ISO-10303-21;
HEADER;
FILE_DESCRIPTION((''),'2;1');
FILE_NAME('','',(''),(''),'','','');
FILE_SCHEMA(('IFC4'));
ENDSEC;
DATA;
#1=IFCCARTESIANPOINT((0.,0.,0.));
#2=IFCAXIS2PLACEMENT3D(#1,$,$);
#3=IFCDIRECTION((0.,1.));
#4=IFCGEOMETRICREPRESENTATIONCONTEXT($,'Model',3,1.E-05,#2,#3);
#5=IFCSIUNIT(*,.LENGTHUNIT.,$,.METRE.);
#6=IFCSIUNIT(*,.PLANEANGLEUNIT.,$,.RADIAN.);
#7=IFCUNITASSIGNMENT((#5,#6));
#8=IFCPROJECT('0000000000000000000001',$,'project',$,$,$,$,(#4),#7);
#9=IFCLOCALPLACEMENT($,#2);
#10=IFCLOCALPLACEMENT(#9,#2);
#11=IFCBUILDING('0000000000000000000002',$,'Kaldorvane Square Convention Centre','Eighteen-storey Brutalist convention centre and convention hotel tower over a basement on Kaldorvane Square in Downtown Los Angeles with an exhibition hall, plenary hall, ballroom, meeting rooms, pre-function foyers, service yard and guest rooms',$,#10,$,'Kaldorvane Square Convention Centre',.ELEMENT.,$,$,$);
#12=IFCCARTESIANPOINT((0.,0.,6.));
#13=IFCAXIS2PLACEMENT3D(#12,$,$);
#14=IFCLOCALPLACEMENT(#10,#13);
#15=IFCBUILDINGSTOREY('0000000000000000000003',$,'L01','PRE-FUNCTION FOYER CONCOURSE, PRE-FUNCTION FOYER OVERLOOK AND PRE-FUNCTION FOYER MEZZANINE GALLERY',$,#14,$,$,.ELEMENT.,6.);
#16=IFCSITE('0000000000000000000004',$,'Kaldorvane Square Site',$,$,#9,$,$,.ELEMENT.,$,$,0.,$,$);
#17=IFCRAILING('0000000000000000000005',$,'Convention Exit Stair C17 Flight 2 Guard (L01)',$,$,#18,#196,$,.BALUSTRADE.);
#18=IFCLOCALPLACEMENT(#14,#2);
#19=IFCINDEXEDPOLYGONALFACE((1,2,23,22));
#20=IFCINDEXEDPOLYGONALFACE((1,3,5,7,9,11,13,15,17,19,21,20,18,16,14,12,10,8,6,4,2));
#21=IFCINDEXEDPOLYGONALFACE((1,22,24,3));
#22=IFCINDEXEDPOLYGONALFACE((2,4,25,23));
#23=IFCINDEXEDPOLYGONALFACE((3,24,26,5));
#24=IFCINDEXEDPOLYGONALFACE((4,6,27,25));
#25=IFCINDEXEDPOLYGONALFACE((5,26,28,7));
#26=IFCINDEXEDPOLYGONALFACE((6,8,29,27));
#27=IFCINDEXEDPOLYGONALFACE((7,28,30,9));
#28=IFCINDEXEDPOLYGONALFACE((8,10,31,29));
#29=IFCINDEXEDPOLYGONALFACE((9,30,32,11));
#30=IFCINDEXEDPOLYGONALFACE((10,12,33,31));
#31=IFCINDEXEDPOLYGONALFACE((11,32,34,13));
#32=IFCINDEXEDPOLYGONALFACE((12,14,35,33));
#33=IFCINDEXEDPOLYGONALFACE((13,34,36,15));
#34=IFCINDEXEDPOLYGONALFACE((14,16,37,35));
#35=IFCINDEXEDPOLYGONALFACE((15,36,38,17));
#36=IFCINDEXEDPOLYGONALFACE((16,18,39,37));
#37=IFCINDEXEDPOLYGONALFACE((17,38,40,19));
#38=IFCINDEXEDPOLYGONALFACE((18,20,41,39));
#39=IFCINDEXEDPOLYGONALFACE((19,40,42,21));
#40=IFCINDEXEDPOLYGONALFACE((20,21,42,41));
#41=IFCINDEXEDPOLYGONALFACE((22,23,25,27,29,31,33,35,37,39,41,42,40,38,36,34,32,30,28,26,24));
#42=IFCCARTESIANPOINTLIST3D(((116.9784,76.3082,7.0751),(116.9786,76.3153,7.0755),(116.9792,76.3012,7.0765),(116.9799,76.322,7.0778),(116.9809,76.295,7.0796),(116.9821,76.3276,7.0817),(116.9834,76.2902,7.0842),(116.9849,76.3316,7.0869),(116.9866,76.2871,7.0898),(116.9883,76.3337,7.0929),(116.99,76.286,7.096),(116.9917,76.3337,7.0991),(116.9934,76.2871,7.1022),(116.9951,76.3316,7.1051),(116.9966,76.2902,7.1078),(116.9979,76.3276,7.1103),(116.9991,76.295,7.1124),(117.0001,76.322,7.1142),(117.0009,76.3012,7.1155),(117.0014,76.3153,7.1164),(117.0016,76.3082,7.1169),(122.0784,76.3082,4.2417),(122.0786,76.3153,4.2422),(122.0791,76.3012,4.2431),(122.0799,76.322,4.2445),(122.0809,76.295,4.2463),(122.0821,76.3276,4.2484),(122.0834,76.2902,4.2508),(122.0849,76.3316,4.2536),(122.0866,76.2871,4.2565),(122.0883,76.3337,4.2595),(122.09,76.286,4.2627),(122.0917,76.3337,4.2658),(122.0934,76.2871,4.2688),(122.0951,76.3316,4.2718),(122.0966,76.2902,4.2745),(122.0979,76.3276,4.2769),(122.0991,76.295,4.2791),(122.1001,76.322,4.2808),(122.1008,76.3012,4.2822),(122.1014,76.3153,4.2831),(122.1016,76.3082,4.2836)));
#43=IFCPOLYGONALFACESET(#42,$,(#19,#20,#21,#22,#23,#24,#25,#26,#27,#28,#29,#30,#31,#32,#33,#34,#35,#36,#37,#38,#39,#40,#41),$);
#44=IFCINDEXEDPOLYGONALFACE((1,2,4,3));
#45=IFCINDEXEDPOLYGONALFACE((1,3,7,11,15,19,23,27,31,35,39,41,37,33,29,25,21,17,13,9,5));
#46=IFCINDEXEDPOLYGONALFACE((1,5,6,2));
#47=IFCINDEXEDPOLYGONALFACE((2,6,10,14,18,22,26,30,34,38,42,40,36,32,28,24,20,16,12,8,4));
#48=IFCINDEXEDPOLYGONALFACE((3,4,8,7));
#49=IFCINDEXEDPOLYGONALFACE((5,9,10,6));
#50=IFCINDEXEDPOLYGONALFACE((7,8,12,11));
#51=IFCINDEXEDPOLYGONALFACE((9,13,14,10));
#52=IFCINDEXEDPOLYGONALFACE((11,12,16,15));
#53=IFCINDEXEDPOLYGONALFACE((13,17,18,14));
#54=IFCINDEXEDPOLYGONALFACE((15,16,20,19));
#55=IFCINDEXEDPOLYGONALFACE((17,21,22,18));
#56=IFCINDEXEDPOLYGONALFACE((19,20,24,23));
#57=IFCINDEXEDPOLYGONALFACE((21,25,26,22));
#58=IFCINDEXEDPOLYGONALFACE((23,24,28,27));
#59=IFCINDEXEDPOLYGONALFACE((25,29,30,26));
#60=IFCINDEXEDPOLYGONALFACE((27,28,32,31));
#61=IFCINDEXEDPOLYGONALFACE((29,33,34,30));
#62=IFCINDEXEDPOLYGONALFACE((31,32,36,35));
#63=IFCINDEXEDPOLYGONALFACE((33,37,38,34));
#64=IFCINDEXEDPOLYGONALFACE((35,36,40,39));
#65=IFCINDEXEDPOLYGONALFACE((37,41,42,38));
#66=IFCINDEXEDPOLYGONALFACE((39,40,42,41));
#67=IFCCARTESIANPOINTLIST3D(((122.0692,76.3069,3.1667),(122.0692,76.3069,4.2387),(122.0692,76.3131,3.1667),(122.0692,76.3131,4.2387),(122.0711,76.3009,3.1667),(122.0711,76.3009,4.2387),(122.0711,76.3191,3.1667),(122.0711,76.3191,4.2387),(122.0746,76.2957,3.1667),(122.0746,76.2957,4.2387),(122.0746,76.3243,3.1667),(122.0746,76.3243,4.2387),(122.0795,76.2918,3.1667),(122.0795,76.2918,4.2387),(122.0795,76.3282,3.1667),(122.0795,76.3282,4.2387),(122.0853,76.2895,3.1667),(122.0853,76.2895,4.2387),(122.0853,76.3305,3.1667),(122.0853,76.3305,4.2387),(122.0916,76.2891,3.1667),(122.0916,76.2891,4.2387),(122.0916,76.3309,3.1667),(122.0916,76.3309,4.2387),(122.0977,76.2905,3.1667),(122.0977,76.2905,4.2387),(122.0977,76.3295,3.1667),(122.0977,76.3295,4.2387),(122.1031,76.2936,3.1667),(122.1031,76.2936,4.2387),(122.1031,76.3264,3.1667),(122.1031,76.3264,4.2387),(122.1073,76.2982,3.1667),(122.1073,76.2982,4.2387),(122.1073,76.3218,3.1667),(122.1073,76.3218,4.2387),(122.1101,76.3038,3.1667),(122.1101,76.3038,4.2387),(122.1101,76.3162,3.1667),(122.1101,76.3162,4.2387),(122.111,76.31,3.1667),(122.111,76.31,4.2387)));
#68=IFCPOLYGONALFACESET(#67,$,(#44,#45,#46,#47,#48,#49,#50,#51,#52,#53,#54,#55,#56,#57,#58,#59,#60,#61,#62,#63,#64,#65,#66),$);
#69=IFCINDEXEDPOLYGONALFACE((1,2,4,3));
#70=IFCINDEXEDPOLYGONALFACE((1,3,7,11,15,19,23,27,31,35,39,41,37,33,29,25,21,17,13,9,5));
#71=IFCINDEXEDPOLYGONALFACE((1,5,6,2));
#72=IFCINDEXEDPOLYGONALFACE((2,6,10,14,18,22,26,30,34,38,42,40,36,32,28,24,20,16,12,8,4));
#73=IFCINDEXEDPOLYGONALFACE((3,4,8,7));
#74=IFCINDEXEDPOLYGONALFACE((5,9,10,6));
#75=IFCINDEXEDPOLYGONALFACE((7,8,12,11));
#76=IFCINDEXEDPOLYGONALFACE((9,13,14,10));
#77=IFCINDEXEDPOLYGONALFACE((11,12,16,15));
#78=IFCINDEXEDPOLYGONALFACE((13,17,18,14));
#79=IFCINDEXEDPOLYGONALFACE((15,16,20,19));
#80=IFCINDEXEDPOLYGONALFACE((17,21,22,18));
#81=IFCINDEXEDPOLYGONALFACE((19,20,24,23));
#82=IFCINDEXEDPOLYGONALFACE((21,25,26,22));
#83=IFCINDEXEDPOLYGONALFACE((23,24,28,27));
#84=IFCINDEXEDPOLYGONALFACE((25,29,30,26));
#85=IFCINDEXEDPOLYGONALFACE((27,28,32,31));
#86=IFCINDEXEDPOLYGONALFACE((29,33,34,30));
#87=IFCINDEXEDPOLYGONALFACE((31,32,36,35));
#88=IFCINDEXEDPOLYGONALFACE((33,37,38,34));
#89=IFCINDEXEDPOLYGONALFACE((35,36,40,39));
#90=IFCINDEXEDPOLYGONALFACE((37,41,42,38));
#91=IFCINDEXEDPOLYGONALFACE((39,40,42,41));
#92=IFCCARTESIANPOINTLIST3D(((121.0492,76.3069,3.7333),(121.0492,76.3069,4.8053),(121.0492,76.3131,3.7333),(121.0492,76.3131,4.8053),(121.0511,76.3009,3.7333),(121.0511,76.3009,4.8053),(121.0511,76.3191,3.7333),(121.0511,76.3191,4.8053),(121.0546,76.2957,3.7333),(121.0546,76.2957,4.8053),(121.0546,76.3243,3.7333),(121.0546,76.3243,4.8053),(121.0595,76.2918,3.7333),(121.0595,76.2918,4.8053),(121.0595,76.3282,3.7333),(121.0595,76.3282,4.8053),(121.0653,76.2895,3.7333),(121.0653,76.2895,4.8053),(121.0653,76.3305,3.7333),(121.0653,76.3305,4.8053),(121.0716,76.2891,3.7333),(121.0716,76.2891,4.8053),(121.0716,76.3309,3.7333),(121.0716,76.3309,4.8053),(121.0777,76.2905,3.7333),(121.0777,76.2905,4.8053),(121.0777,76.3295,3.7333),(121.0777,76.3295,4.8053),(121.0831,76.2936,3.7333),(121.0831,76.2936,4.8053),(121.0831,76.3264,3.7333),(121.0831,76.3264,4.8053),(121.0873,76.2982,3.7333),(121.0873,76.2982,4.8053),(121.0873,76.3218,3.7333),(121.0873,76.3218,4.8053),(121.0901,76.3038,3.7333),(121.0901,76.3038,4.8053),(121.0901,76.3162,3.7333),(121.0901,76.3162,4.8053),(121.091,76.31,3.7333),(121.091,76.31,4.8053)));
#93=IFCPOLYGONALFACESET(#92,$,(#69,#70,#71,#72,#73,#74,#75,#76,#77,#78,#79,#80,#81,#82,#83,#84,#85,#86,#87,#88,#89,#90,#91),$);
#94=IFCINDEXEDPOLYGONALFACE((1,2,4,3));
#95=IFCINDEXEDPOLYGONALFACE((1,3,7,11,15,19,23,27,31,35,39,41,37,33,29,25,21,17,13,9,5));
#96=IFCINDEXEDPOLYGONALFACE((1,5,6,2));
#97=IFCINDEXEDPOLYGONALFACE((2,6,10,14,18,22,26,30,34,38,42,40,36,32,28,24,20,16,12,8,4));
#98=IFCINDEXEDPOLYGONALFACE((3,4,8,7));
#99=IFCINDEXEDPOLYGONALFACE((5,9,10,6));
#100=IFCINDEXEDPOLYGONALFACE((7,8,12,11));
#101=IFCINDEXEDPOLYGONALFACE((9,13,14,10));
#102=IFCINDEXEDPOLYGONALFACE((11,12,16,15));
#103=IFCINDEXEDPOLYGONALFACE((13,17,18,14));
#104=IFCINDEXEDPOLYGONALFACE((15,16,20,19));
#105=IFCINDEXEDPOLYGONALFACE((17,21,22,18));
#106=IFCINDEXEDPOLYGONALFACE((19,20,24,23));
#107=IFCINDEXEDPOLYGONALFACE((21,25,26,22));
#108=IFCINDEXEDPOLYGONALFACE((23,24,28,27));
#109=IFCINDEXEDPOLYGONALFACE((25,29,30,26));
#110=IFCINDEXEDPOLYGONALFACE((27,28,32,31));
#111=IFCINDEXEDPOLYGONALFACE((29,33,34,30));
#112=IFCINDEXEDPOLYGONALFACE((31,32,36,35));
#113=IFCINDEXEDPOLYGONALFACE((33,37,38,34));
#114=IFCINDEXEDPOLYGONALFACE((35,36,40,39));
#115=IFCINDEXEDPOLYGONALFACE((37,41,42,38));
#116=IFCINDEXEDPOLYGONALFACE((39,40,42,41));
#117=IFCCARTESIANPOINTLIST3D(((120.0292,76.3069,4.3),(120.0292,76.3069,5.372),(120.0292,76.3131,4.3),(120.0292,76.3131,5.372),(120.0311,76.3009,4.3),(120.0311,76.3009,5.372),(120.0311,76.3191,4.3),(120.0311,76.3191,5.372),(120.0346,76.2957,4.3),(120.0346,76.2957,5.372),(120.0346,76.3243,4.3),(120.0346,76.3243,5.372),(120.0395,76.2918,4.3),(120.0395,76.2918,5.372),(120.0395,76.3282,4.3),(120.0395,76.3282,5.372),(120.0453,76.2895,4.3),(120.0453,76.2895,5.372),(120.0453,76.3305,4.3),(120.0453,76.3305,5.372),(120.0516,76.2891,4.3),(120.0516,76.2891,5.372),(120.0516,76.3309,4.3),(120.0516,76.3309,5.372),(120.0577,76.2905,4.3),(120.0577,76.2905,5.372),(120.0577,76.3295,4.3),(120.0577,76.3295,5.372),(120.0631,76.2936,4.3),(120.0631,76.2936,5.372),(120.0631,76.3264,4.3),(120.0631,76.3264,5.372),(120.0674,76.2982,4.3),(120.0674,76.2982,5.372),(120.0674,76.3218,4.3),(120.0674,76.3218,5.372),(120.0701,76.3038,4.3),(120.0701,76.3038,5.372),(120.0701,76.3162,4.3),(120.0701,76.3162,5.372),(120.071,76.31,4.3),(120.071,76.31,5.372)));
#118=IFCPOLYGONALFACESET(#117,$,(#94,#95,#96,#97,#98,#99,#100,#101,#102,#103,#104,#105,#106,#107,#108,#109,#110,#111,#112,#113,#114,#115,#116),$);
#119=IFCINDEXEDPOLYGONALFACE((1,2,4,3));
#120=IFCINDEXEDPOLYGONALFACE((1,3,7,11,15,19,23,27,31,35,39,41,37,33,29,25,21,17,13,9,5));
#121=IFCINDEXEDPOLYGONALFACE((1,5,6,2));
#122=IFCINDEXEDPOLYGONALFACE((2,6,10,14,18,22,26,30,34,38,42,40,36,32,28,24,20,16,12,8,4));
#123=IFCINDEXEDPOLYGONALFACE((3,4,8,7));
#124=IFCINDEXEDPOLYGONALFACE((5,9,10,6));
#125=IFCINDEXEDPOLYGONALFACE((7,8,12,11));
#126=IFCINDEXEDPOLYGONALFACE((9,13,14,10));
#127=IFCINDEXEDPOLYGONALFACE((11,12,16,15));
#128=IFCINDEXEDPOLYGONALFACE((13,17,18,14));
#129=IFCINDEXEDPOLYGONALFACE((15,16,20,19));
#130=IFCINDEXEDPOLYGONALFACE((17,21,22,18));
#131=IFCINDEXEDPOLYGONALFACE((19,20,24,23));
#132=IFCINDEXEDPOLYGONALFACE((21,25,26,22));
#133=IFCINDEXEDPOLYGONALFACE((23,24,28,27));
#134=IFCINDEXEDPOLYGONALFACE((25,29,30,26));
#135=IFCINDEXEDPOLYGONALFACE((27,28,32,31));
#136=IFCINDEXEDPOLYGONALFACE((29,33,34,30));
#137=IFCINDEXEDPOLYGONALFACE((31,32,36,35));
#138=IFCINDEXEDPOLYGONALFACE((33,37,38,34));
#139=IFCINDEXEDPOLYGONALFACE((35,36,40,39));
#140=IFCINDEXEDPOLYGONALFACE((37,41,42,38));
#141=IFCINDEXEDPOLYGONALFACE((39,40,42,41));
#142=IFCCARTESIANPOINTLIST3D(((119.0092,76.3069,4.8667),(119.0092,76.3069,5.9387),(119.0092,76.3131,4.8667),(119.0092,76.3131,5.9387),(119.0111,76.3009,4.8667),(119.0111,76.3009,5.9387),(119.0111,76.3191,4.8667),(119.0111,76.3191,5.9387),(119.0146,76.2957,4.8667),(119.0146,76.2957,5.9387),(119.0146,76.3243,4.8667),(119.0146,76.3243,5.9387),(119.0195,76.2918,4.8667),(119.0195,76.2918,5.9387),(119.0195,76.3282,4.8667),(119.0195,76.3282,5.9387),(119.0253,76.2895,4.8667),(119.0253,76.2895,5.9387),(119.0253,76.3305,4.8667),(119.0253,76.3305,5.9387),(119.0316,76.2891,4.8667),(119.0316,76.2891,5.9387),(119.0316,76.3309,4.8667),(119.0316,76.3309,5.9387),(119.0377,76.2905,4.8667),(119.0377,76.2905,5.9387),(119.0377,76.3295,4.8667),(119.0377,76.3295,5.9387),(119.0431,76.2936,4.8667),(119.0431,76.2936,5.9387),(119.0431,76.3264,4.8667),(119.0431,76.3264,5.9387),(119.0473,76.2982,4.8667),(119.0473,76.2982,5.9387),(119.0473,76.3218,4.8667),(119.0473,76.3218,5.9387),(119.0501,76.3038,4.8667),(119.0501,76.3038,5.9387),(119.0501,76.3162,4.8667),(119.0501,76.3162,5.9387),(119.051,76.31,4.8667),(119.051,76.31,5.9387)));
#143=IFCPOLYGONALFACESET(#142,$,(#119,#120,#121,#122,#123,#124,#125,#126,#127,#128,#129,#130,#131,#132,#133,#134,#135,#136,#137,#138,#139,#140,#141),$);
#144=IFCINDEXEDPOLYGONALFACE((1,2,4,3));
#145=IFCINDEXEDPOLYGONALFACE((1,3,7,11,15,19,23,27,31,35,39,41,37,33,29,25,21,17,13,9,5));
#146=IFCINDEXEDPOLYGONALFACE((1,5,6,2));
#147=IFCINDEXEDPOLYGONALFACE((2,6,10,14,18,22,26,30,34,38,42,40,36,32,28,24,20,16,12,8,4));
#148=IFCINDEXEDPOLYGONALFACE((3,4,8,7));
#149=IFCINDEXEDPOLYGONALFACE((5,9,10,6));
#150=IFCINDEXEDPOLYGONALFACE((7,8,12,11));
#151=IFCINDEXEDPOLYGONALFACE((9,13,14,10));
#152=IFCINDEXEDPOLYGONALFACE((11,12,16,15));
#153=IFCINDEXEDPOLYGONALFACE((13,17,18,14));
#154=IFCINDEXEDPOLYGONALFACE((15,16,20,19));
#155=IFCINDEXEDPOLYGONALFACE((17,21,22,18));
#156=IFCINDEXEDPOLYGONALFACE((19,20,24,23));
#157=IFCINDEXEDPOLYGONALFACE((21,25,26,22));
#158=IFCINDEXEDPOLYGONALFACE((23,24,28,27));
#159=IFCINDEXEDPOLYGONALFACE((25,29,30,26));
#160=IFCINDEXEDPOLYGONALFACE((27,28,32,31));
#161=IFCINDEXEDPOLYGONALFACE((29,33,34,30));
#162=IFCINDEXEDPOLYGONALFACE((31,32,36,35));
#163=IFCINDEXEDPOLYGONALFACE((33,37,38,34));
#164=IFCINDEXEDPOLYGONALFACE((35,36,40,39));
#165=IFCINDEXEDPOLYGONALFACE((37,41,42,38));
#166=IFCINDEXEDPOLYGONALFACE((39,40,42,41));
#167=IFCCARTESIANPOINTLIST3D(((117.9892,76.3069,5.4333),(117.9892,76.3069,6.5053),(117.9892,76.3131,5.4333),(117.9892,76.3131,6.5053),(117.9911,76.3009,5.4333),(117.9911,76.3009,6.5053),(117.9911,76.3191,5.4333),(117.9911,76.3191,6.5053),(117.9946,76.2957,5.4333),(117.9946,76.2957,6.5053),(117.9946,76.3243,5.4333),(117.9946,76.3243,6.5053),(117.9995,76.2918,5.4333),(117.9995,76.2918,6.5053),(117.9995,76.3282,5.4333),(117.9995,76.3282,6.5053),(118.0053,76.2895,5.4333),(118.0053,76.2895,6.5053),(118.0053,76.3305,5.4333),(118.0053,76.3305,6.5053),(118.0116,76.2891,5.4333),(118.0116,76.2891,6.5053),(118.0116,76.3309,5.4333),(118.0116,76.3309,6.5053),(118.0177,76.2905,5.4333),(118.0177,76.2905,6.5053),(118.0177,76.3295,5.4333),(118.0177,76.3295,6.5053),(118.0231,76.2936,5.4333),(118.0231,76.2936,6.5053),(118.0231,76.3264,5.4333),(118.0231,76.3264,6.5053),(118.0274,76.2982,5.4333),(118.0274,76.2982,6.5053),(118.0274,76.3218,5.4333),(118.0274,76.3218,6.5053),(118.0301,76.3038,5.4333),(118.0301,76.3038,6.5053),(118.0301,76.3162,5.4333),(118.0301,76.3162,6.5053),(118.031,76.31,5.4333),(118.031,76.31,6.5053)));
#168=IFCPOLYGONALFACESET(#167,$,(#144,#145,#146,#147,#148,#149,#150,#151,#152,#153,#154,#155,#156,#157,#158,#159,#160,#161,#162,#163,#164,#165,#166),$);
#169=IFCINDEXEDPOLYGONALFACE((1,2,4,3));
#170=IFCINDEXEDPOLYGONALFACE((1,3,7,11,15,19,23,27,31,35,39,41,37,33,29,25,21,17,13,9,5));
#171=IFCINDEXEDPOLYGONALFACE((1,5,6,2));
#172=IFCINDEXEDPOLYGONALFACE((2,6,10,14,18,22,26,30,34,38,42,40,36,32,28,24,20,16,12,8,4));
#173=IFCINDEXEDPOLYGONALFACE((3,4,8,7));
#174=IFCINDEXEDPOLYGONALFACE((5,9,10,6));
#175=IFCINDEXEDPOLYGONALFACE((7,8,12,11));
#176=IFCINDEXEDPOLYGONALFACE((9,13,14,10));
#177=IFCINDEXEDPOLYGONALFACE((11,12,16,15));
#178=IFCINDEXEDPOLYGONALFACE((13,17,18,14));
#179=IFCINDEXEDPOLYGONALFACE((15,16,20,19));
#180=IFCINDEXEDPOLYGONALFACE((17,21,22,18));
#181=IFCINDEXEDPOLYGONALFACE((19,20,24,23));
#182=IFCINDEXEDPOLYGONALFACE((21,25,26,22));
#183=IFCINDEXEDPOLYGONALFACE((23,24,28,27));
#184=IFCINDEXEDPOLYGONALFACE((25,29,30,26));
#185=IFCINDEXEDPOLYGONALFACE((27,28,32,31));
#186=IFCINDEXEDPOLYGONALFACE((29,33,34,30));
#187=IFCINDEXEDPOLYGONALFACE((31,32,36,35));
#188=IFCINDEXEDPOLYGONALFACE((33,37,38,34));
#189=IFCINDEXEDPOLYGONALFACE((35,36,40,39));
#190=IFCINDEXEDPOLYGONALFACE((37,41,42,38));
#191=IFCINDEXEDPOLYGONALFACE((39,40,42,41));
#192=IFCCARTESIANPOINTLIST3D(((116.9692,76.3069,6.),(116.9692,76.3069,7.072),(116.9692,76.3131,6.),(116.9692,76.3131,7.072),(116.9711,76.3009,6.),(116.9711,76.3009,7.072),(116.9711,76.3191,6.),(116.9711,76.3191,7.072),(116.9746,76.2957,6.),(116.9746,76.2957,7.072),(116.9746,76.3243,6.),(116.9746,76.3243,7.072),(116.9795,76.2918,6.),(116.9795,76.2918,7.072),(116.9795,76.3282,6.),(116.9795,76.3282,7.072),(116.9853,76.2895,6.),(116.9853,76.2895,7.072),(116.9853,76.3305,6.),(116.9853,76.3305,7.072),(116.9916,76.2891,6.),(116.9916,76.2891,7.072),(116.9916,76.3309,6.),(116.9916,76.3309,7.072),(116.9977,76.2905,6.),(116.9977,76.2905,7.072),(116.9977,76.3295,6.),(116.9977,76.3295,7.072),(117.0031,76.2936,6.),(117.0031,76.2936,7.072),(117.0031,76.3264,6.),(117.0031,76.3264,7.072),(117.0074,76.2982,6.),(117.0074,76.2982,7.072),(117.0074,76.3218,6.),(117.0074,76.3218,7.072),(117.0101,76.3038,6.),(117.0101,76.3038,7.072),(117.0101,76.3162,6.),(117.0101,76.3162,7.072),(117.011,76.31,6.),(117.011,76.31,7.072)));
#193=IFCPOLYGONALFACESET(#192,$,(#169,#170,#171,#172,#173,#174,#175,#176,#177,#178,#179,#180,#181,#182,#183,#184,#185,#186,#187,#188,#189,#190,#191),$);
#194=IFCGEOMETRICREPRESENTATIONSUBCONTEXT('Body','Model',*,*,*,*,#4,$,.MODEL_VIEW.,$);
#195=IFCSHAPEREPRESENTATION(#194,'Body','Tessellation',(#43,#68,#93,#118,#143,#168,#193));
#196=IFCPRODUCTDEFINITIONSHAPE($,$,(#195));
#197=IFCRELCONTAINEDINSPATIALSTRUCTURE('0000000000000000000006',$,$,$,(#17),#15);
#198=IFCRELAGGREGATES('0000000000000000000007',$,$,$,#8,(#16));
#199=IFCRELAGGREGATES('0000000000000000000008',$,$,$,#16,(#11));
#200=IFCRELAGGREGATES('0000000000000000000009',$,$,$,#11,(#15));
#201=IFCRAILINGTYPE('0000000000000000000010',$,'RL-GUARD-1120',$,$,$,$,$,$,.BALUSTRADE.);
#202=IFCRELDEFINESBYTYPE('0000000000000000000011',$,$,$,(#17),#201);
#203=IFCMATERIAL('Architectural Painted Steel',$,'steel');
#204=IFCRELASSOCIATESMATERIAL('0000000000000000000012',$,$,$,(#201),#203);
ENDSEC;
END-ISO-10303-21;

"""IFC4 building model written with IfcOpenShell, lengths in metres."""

from ifc_helpers import new_model, si_unit, direction, frame, origin, origin_2d, place, context, subcontext, project, spatial, circle, extrude, material, type_object, element, save


model = new_model("IFC4")

# Units and contexts
model_context = context("Model", 3, precision=1e-05, world=origin(), true_north=direction((0.0, 1.0)))
body_context = subcontext(model_context, "Body", "Model", "MODEL_VIEW")
ifc_project = project(units=[si_unit("LENGTHUNIT", "METRE"), si_unit("PLANEANGLEUNIT", "RADIAN")], contexts=[model_context])

# Site, building, storey
site_placement = place(None, origin())
site = spatial("IfcSite", under=ifc_project, at=site_placement, Name="Kaldorvane Square Site", CompositionType="ELEMENT", RefElevation=0.0)
building_placement = place(site_placement, origin())
building = spatial("IfcBuilding", under=site, at=building_placement, Name="Kaldorvane Square Convention Centre", Description="Eighteen-storey Brutalist convention centre and convention hotel tower over a basement on Kaldorvane Square in Downtown Los Angeles with an exhibition hall, plenary hall, ballroom, meeting rooms, pre-function foyers, service yard and guest rooms", LongName="Kaldorvane Square Convention Centre", CompositionType="ELEMENT")
storey_placement = place(building_placement, frame((0.0, 0.0, 6.0)))
storey = spatial("IfcBuildingStorey", under=building, at=storey_placement, Name="L01", Description="PRE-FUNCTION FOYER CONCOURSE, PRE-FUNCTION FOYER OVERLOOK AND PRE-FUNCTION FOYER MEZZANINE GALLERY", CompositionType="ELEMENT", Elevation=6.0)

# Railing
ifc_material_1 = material(Name="Architectural Painted Steel", Category="steel")
railing_type_1 = type_object("IfcRailingType", Name="RL-GUARD-1120", PredefinedType="BALUSTRADE", material=ifc_material_1)
railing_1_placement = place(storey_placement, frame((122.09, 76.31, 3.1667)))
element("IfcRailing", 1, at=railing_1_placement, inside=storey, type_object=railing_type_1, Name="Convention Exit Stair C17 Flight 2 Guard (L01)", PredefinedType="BALUSTRADE", context=body_context, shape_type="SweptSolid", body=[
    extrude(circle(Radius=0.024, at=origin_2d()), frame((0.0, 0.0, 1.096), z_axis=(-0.874157, 0.0, 0.485643), x_axis=(0.0, -1.0, 0.0)), (0.0, 0.0, 1.0), 5.8342),
    extrude(circle(Radius=0.021, at=origin_2d()), origin(), (0.0, 0.0, 1.0), 1.072),
    extrude(circle(Radius=0.021, at=origin_2d()), frame((-1.02, 0.0, 0.5667)), (0.0, 0.0, 1.0), 1.072),
    extrude(circle(Radius=0.021, at=origin_2d()), frame((-2.04, 0.0, 1.1333)), (0.0, 0.0, 1.0), 1.072),
    extrude(circle(Radius=0.021, at=origin_2d()), frame((-3.06, 0.0, 1.7)), (0.0, 0.0, 1.0), 1.072),
    extrude(circle(Radius=0.021, at=origin_2d()), frame((-4.08, 0.0, 2.2667)), (0.0, 0.0, 1.0), 1.072),
    extrude(circle(Radius=0.021, at=origin_2d()), frame((-5.1, 0.0, 2.8333)), (0.0, 0.0, 1.0), 1.072),
])

save(model, "model.ifc")
